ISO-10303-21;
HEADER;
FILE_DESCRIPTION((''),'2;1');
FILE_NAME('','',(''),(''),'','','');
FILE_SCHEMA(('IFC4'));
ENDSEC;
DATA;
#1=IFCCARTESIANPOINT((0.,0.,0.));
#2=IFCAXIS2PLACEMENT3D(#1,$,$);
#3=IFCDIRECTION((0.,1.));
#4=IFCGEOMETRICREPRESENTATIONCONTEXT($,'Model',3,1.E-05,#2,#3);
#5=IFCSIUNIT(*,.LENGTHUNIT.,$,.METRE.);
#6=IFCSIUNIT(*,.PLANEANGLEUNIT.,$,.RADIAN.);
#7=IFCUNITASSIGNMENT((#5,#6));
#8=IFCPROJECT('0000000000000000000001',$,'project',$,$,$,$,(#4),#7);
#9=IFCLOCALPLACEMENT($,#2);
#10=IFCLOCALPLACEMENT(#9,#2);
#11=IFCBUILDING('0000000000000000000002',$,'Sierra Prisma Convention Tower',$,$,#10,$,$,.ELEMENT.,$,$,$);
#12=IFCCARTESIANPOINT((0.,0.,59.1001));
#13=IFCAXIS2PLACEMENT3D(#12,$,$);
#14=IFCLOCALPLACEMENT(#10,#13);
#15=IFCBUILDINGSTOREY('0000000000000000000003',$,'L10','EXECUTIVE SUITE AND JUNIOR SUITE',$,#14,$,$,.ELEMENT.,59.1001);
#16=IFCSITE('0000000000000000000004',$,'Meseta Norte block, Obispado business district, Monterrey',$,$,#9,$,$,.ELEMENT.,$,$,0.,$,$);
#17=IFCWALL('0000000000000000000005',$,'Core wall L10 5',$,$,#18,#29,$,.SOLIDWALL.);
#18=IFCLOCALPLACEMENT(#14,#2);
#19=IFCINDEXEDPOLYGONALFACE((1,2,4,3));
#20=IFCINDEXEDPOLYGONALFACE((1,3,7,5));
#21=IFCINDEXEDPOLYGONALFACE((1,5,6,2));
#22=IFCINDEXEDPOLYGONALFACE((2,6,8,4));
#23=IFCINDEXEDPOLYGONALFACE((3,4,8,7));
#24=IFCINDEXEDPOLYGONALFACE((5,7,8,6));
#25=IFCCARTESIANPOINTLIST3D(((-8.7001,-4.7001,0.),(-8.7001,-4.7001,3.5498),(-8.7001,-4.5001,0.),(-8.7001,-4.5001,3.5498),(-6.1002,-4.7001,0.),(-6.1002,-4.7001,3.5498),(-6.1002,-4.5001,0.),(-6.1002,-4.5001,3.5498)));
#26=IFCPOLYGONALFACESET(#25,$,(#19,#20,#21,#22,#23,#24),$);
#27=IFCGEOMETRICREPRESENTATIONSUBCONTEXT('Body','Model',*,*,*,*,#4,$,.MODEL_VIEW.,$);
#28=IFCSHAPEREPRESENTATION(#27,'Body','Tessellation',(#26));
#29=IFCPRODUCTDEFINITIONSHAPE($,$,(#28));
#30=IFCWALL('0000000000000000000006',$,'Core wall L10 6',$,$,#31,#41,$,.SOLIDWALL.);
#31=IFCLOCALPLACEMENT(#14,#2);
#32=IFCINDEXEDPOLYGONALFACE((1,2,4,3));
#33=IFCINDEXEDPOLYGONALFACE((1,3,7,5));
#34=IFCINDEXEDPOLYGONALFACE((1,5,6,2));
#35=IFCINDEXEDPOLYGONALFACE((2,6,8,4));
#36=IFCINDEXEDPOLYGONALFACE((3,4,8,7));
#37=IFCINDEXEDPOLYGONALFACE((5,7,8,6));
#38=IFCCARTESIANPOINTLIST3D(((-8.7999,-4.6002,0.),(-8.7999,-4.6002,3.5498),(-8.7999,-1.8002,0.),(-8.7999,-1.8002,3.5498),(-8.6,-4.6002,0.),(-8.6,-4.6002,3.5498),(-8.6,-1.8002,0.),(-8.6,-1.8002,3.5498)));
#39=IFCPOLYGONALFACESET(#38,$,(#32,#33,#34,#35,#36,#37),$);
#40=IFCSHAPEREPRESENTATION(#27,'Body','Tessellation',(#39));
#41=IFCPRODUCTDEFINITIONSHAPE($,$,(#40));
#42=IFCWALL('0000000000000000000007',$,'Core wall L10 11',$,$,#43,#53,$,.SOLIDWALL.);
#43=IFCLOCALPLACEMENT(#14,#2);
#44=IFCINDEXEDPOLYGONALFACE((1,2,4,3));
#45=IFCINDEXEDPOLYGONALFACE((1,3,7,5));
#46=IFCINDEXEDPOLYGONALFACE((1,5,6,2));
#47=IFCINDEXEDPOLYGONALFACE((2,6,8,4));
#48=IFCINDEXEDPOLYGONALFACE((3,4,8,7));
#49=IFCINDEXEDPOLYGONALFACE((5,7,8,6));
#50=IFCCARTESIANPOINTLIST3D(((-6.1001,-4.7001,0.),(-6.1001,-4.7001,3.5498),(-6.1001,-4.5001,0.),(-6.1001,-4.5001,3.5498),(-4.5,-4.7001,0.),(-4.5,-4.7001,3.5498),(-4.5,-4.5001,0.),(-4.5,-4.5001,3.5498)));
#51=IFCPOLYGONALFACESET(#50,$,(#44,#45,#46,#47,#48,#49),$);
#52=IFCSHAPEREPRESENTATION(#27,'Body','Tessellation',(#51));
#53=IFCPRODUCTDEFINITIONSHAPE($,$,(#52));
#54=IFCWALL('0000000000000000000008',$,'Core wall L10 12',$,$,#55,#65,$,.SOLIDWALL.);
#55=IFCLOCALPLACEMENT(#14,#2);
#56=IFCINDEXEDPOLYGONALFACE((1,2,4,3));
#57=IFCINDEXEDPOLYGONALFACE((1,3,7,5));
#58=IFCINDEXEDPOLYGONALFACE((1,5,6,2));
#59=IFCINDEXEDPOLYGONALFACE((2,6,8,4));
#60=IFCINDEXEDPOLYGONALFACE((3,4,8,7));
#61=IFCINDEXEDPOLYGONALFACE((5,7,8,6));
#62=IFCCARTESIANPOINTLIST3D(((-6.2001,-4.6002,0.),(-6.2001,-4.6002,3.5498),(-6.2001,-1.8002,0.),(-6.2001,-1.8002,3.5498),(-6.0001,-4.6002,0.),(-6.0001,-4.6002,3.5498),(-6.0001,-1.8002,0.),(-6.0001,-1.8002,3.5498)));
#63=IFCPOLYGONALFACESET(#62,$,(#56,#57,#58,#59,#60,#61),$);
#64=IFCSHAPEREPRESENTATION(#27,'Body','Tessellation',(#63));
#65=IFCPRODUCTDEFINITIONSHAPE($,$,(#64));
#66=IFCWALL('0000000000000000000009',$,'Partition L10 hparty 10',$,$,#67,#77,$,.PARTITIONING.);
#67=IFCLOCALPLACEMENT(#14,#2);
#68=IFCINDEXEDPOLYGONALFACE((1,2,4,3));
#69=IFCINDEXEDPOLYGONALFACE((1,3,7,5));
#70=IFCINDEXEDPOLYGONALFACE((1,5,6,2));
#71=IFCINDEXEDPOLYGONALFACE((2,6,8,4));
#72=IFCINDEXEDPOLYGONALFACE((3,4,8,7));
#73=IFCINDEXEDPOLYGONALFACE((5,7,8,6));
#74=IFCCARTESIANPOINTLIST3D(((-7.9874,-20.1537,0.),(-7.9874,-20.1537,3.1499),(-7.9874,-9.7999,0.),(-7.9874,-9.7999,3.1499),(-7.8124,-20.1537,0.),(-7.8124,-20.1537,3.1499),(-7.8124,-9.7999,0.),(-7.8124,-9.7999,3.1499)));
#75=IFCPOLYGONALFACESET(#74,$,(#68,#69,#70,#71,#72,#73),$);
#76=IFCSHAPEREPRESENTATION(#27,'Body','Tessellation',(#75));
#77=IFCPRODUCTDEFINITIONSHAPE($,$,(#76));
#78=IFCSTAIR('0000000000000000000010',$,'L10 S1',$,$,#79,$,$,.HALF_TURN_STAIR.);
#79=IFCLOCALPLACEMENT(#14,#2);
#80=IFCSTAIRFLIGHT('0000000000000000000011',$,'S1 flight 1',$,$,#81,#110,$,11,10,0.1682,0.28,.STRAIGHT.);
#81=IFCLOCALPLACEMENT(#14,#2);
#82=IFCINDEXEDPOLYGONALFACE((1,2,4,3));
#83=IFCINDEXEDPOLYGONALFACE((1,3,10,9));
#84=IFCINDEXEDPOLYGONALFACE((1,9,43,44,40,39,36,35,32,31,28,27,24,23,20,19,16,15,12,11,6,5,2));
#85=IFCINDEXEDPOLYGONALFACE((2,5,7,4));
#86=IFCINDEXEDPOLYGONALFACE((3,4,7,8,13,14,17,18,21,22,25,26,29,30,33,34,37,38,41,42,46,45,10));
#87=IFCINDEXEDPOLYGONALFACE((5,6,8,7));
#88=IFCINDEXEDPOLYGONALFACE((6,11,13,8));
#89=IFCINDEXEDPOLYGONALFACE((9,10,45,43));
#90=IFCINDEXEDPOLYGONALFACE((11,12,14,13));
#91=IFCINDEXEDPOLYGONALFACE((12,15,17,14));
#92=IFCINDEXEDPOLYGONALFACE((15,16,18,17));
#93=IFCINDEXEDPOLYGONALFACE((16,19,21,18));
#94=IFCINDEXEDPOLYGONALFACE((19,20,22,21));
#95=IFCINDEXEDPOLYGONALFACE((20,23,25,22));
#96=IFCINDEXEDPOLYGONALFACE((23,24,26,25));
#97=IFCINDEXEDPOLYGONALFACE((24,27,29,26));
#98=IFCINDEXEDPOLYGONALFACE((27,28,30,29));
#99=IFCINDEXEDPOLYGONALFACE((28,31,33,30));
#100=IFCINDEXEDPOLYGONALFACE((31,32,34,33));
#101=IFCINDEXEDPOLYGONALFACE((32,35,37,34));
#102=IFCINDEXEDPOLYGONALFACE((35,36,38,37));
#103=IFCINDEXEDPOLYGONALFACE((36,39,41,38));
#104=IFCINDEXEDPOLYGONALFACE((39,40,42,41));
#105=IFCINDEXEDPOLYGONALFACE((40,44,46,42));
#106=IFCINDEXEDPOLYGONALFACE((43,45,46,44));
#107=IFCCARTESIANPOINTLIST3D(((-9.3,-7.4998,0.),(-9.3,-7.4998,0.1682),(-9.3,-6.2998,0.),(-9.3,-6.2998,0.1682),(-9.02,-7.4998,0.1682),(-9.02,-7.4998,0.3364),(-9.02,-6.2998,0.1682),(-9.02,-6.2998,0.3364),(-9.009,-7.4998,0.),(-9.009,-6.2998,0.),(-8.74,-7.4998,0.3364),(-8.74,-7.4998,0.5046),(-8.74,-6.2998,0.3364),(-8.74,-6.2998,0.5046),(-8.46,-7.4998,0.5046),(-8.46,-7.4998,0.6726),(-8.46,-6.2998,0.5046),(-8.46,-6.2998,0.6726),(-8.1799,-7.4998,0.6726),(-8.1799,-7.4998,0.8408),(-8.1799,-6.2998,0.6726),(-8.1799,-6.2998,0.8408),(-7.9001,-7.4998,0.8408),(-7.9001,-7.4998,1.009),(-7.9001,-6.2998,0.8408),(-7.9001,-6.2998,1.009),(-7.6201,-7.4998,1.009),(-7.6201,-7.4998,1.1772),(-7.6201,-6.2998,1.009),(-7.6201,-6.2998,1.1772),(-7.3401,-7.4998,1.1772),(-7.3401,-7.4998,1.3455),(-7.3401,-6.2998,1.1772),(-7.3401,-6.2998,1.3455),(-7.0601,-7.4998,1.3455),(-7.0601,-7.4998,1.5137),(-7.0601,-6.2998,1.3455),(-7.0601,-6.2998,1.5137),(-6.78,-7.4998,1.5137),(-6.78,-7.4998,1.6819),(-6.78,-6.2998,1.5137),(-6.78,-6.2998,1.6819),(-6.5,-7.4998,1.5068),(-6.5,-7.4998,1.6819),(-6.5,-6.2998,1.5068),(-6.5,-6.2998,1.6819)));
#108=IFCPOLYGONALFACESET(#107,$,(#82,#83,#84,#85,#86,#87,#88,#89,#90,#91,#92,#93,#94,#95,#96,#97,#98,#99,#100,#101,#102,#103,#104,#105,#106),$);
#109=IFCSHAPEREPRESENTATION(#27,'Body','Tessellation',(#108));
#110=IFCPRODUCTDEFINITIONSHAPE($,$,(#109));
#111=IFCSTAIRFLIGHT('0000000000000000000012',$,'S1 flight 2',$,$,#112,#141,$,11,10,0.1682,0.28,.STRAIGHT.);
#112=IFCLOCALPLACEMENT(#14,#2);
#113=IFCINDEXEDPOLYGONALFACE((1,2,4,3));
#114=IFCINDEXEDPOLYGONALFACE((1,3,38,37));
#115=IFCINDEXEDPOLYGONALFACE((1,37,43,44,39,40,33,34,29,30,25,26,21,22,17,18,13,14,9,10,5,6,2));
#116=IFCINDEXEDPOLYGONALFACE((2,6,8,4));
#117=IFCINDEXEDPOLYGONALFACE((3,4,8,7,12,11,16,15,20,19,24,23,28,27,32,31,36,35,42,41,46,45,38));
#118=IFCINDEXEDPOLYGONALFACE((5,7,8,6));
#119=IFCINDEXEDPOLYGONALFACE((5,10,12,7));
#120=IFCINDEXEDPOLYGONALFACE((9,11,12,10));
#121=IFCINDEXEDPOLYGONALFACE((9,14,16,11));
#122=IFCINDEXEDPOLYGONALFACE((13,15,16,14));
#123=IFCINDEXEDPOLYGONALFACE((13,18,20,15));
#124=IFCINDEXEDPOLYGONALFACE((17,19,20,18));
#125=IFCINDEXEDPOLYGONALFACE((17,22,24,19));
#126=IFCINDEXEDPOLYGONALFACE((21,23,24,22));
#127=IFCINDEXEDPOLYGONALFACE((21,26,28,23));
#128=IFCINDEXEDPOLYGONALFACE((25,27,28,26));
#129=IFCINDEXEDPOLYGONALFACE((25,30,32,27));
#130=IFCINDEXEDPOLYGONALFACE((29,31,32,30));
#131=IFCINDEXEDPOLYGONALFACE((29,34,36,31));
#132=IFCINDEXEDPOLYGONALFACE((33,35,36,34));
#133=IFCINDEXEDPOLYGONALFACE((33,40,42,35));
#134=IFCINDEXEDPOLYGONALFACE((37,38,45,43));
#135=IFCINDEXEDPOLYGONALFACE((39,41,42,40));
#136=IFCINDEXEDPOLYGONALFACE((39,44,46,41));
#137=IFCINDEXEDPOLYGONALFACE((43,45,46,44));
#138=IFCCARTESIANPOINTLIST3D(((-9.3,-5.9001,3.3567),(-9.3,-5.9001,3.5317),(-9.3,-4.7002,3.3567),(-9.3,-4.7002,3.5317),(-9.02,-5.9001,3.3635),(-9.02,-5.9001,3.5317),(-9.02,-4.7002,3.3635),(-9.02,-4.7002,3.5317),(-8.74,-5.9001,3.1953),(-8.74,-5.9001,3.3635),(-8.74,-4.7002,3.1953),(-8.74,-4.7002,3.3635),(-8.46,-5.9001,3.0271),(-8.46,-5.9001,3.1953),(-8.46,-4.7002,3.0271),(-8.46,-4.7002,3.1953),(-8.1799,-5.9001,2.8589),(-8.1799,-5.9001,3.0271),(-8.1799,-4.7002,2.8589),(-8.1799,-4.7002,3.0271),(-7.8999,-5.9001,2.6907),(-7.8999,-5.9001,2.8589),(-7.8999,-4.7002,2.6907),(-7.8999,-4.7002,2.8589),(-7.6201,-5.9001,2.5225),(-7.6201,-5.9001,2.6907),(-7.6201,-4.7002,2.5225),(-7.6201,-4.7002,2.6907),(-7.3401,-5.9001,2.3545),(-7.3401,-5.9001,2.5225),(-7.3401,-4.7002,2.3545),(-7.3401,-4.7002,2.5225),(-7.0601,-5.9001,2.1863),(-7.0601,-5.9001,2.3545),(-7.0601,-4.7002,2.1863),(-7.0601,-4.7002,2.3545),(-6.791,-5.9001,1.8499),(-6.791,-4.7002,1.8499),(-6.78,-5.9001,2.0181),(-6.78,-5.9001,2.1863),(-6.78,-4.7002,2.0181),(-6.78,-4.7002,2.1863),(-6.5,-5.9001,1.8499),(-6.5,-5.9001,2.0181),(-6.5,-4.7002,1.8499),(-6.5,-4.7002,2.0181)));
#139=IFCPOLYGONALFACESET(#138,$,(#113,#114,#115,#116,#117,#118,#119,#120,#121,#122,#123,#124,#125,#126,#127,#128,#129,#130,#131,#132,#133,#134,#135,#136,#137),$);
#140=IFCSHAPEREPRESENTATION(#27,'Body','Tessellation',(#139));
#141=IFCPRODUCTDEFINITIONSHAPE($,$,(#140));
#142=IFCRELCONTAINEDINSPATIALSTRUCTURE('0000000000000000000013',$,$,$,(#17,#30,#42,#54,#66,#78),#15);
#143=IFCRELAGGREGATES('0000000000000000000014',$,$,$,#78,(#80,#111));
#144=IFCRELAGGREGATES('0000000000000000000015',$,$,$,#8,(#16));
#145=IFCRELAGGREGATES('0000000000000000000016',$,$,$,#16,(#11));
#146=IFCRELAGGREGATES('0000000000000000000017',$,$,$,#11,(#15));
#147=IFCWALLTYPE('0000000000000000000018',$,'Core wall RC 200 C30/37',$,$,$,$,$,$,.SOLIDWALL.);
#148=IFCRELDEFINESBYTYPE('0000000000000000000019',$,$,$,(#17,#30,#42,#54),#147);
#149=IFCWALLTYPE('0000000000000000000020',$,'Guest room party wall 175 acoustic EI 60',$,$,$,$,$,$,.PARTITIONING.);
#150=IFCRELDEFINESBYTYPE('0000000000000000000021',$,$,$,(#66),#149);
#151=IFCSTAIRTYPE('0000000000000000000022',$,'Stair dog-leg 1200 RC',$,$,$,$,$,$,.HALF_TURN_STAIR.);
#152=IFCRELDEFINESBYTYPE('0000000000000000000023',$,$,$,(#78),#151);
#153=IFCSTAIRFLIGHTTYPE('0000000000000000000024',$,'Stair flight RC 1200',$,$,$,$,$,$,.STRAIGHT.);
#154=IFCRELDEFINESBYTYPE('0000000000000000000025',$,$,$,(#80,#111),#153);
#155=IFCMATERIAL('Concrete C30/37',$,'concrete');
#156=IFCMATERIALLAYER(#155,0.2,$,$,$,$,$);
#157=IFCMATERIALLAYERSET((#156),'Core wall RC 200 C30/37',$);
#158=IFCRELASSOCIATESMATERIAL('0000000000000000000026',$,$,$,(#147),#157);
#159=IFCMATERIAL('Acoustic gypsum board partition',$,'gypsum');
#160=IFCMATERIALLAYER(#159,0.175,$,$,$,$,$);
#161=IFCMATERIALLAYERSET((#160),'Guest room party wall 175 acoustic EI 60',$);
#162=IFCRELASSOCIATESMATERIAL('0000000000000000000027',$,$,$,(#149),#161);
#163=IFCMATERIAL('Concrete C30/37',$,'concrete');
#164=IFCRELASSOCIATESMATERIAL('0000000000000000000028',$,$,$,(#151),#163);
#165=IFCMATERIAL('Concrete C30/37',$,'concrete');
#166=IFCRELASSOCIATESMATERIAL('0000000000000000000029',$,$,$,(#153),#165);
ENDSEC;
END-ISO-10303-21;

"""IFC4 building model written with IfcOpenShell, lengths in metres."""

from ifc_helpers import new_model, si_unit, direction, frame, frame_2d, origin, place, context, subcontext, project, spatial, polyline, rectangle, outline, extrude, material, layer, layer_set, type_object, element, aggregate, save


model = new_model("IFC4")

# Units and contexts
model_context = context("Model", 3, precision=1e-05, world=origin(), true_north=direction((0.0, 1.0)))
body_context = subcontext(model_context, "Body", "Model", "MODEL_VIEW")
ifc_project = project(units=[si_unit("LENGTHUNIT", "METRE"), si_unit("PLANEANGLEUNIT", "RADIAN")], contexts=[model_context])

# Site, building, storey
site_placement = place(None, origin())
site = spatial("IfcSite", under=ifc_project, at=site_placement, Name="Meseta Norte block, Obispado business district, Monterrey", CompositionType="ELEMENT", RefElevation=0.0)
building_placement = place(site_placement, origin())
building = spatial("IfcBuilding", under=site, at=building_placement, Name="Sierra Prisma Convention Tower", CompositionType="ELEMENT")
storey_placement = place(building_placement, frame((0.0, 0.0, 59.1001)))
storey = spatial("IfcBuildingStorey", under=building, at=storey_placement, Name="L10", Description="EXECUTIVE SUITE AND JUNIOR SUITE", CompositionType="ELEMENT", Elevation=59.1001)

# Shared definitions
ifc_material_1 = material(Name="Concrete C30/37", Category="concrete")
ifc_layer_1 = layer(ifc_material_1, 0.2)
ifc_layer_set_1 = layer_set([ifc_layer_1], Name="Core wall RC 200 C30/37")
wall_type_1 = type_object("IfcWallType", Name="Core wall RC 200 C30/37", PredefinedType="SOLIDWALL", material=ifc_layer_set_1)

# Walls
wall_1_placement = place(storey_placement, frame((-8.7, -4.6001, 0.0), z_axis=(0.0, 0.0, 1.0), x_axis=(1.0, 0.0, 0.0)))
element("IfcWall", 1, at=wall_1_placement, inside=storey, type_object=wall_type_1, Name="Core wall L10 5", PredefinedType="SOLIDWALL", context=body_context, shape_type="SweptSolid", body=[
    extrude(rectangle(XDim=2.5999, YDim=0.2, at=frame_2d((1.2998, 0.0))), origin(), (0.0, 0.0, 1.0), 3.5498),
])
wall_2_placement = place(storey_placement, frame((-8.7, -4.6001, 0.0), z_axis=(0.0, 0.0, 1.0), x_axis=(0.0, 1.0, 0.0)))
element("IfcWall", 2, at=wall_2_placement, inside=storey, type_object=wall_type_1, Name="Core wall L10 6", PredefinedType="SOLIDWALL", context=body_context, shape_type="SweptSolid", body=[
    extrude(rectangle(XDim=2.8, YDim=0.2, at=frame_2d((1.3999, 0.0))), origin(), (0.0, 0.0, 1.0), 3.5498),
])

# Walls
wall_3_placement = place(storey_placement, frame((-6.1001, -4.6001, 0.0), z_axis=(0.0, 0.0, 1.0), x_axis=(1.0, 0.0, 0.0)))
element("IfcWall", 3, at=wall_3_placement, inside=storey, type_object=wall_type_1, Name="Core wall L10 11", PredefinedType="SOLIDWALL", context=body_context, shape_type="SweptSolid", body=[
    extrude(rectangle(XDim=1.6001, YDim=0.2, at=frame_2d((0.8, 0.0))), origin(), (0.0, 0.0, 1.0), 3.5498),
])
wall_4_placement = place(storey_placement, frame((-6.1001, -4.6001, 0.0), z_axis=(0.0, 0.0, 1.0), x_axis=(0.0, 1.0, 0.0)))
element("IfcWall", 4, at=wall_4_placement, inside=storey, type_object=wall_type_1, Name="Core wall L10 12", PredefinedType="SOLIDWALL", context=body_context, shape_type="SweptSolid", body=[
    extrude(rectangle(XDim=2.8, YDim=0.2, at=frame_2d((1.3999, 0.0))), origin(), (0.0, 0.0, 1.0), 3.5498),
])

# Wall
ifc_material_2 = material(Name="Acoustic gypsum board partition", Category="gypsum")
ifc_layer_2 = layer(ifc_material_2, 0.175)
ifc_layer_set_2 = layer_set([ifc_layer_2], Name="Guest room party wall 175 acoustic EI 60")
wall_type_2 = type_object("IfcWallType", Name="Guest room party wall 175 acoustic EI 60", PredefinedType="PARTITIONING", material=ifc_layer_set_2)
wall_5_placement = place(storey_placement, frame((-7.8999, -9.8, 0.0), z_axis=(0.0, 0.0, 1.0), x_axis=(0.0, -1.0, 0.0)))
element("IfcWall", 5, at=wall_5_placement, inside=storey, type_object=wall_type_2, Name="Partition L10 hparty 10", PredefinedType="PARTITIONING", context=body_context, shape_type="SweptSolid", body=[
    extrude(rectangle(XDim=10.3538, YDim=0.175, at=frame_2d((5.1768, 0.0))), origin(), (0.0, 0.0, 1.0), 3.1499),
])

# Stair, stair flights
ifc_material_3 = material(Name="Concrete C30/37", Category="concrete")
stair_type = type_object("IfcStairType", Name="Stair dog-leg 1200 RC", PredefinedType="HALF_TURN_STAIR", material=ifc_material_3)
stair_placement = place(storey_placement, origin())
stair = element("IfcStair", 6, at=stair_placement, inside=storey, type_object=stair_type, Name="L10 S1", PredefinedType="HALF_TURN_STAIR")
ifc_material_4 = material(Name="Concrete C30/37", Category="concrete")
stair_flight_type = type_object("IfcStairFlightType", Name="Stair flight RC 1200", PredefinedType="STRAIGHT", material=ifc_material_4)
stair_flight_1_placement = place(storey_placement, frame((-9.3, -6.8999, 0.0), z_axis=(0.0, 0.0, 1.0), x_axis=(1.0, 0.0, 0.0)))
stair_flight_1 = element("IfcStairFlight", 7, at=stair_flight_1_placement, type_object=stair_flight_type, Name="S1 flight 1", NumberOfRisers=11, NumberOfTreads=10, PredefinedType="STRAIGHT", RiserHeight=0.1682, TreadLength=0.28, context=body_context, shape_type="SweptSolid", body=[
    extrude(outline(polyline([(0.0, 0.0), (0.0, 0.1682), (0.28, 0.1682), (0.28, 0.3364), (0.5601, 0.3364), (0.5601, 0.5046), (0.8401, 0.5046), (0.8401, 0.6726), (1.1201, 0.6726), (1.1201, 0.8408), (1.3999, 0.8408), (1.3999, 1.009), (1.6799, 1.009), (1.6799, 1.1772), (1.96, 1.1772), (1.96, 1.3455), (2.24, 1.3455), (2.24, 1.5137), (2.52, 1.5137), (2.52, 1.6819), (2.8, 1.6819), (2.8, 1.8501), (2.8, 1.5068), (0.291, 0.0), (0.0, 0.0)])), frame((0.0, 0.6001, 0.0), z_axis=(0.0, -1.0, 0.0), x_axis=(1.0, 0.0, 0.0)), (0.0, 0.0, 1.0), 1.2),
])
stair_flight_2_placement = place(storey_placement, frame((-6.5, -5.3, 1.8499), z_axis=(0.0, 0.0, 1.0), x_axis=(-1.0, 0.0, 0.0)))
stair_flight_2 = element("IfcStairFlight", 8, at=stair_flight_2_placement, type_object=stair_flight_type, Name="S1 flight 2", NumberOfRisers=11, NumberOfTreads=10, PredefinedType="STRAIGHT", RiserHeight=0.1682, TreadLength=0.28, context=body_context, shape_type="SweptSolid", body=[
    extrude(outline(polyline([(0.0, 0.0), (0.0, 0.1682), (0.28, 0.1682), (0.28, 0.3364), (0.5601, 0.3364), (0.5601, 0.5046), (0.8401, 0.5046), (0.8401, 0.6726), (1.1201, 0.6726), (1.1201, 0.8408), (1.3999, 0.8408), (1.3999, 1.009), (1.6799, 1.009), (1.6799, 1.1772), (1.96, 1.1772), (1.96, 1.3455), (2.24, 1.3455), (2.24, 1.5137), (2.52, 1.5137), (2.52, 1.6819), (2.8, 1.6819), (2.8, 1.8501), (2.8, 1.5068), (0.291, 0.0), (0.0, 0.0)])), frame((0.0, 0.6001, 0.0), z_axis=(0.0, -1.0, 0.0), x_axis=(1.0, 0.0, 0.0)), (0.0, 0.0, 1.0), 1.2),
])
aggregate(stair, [stair_flight_1, stair_flight_2])

save(model, "model.ifc")
